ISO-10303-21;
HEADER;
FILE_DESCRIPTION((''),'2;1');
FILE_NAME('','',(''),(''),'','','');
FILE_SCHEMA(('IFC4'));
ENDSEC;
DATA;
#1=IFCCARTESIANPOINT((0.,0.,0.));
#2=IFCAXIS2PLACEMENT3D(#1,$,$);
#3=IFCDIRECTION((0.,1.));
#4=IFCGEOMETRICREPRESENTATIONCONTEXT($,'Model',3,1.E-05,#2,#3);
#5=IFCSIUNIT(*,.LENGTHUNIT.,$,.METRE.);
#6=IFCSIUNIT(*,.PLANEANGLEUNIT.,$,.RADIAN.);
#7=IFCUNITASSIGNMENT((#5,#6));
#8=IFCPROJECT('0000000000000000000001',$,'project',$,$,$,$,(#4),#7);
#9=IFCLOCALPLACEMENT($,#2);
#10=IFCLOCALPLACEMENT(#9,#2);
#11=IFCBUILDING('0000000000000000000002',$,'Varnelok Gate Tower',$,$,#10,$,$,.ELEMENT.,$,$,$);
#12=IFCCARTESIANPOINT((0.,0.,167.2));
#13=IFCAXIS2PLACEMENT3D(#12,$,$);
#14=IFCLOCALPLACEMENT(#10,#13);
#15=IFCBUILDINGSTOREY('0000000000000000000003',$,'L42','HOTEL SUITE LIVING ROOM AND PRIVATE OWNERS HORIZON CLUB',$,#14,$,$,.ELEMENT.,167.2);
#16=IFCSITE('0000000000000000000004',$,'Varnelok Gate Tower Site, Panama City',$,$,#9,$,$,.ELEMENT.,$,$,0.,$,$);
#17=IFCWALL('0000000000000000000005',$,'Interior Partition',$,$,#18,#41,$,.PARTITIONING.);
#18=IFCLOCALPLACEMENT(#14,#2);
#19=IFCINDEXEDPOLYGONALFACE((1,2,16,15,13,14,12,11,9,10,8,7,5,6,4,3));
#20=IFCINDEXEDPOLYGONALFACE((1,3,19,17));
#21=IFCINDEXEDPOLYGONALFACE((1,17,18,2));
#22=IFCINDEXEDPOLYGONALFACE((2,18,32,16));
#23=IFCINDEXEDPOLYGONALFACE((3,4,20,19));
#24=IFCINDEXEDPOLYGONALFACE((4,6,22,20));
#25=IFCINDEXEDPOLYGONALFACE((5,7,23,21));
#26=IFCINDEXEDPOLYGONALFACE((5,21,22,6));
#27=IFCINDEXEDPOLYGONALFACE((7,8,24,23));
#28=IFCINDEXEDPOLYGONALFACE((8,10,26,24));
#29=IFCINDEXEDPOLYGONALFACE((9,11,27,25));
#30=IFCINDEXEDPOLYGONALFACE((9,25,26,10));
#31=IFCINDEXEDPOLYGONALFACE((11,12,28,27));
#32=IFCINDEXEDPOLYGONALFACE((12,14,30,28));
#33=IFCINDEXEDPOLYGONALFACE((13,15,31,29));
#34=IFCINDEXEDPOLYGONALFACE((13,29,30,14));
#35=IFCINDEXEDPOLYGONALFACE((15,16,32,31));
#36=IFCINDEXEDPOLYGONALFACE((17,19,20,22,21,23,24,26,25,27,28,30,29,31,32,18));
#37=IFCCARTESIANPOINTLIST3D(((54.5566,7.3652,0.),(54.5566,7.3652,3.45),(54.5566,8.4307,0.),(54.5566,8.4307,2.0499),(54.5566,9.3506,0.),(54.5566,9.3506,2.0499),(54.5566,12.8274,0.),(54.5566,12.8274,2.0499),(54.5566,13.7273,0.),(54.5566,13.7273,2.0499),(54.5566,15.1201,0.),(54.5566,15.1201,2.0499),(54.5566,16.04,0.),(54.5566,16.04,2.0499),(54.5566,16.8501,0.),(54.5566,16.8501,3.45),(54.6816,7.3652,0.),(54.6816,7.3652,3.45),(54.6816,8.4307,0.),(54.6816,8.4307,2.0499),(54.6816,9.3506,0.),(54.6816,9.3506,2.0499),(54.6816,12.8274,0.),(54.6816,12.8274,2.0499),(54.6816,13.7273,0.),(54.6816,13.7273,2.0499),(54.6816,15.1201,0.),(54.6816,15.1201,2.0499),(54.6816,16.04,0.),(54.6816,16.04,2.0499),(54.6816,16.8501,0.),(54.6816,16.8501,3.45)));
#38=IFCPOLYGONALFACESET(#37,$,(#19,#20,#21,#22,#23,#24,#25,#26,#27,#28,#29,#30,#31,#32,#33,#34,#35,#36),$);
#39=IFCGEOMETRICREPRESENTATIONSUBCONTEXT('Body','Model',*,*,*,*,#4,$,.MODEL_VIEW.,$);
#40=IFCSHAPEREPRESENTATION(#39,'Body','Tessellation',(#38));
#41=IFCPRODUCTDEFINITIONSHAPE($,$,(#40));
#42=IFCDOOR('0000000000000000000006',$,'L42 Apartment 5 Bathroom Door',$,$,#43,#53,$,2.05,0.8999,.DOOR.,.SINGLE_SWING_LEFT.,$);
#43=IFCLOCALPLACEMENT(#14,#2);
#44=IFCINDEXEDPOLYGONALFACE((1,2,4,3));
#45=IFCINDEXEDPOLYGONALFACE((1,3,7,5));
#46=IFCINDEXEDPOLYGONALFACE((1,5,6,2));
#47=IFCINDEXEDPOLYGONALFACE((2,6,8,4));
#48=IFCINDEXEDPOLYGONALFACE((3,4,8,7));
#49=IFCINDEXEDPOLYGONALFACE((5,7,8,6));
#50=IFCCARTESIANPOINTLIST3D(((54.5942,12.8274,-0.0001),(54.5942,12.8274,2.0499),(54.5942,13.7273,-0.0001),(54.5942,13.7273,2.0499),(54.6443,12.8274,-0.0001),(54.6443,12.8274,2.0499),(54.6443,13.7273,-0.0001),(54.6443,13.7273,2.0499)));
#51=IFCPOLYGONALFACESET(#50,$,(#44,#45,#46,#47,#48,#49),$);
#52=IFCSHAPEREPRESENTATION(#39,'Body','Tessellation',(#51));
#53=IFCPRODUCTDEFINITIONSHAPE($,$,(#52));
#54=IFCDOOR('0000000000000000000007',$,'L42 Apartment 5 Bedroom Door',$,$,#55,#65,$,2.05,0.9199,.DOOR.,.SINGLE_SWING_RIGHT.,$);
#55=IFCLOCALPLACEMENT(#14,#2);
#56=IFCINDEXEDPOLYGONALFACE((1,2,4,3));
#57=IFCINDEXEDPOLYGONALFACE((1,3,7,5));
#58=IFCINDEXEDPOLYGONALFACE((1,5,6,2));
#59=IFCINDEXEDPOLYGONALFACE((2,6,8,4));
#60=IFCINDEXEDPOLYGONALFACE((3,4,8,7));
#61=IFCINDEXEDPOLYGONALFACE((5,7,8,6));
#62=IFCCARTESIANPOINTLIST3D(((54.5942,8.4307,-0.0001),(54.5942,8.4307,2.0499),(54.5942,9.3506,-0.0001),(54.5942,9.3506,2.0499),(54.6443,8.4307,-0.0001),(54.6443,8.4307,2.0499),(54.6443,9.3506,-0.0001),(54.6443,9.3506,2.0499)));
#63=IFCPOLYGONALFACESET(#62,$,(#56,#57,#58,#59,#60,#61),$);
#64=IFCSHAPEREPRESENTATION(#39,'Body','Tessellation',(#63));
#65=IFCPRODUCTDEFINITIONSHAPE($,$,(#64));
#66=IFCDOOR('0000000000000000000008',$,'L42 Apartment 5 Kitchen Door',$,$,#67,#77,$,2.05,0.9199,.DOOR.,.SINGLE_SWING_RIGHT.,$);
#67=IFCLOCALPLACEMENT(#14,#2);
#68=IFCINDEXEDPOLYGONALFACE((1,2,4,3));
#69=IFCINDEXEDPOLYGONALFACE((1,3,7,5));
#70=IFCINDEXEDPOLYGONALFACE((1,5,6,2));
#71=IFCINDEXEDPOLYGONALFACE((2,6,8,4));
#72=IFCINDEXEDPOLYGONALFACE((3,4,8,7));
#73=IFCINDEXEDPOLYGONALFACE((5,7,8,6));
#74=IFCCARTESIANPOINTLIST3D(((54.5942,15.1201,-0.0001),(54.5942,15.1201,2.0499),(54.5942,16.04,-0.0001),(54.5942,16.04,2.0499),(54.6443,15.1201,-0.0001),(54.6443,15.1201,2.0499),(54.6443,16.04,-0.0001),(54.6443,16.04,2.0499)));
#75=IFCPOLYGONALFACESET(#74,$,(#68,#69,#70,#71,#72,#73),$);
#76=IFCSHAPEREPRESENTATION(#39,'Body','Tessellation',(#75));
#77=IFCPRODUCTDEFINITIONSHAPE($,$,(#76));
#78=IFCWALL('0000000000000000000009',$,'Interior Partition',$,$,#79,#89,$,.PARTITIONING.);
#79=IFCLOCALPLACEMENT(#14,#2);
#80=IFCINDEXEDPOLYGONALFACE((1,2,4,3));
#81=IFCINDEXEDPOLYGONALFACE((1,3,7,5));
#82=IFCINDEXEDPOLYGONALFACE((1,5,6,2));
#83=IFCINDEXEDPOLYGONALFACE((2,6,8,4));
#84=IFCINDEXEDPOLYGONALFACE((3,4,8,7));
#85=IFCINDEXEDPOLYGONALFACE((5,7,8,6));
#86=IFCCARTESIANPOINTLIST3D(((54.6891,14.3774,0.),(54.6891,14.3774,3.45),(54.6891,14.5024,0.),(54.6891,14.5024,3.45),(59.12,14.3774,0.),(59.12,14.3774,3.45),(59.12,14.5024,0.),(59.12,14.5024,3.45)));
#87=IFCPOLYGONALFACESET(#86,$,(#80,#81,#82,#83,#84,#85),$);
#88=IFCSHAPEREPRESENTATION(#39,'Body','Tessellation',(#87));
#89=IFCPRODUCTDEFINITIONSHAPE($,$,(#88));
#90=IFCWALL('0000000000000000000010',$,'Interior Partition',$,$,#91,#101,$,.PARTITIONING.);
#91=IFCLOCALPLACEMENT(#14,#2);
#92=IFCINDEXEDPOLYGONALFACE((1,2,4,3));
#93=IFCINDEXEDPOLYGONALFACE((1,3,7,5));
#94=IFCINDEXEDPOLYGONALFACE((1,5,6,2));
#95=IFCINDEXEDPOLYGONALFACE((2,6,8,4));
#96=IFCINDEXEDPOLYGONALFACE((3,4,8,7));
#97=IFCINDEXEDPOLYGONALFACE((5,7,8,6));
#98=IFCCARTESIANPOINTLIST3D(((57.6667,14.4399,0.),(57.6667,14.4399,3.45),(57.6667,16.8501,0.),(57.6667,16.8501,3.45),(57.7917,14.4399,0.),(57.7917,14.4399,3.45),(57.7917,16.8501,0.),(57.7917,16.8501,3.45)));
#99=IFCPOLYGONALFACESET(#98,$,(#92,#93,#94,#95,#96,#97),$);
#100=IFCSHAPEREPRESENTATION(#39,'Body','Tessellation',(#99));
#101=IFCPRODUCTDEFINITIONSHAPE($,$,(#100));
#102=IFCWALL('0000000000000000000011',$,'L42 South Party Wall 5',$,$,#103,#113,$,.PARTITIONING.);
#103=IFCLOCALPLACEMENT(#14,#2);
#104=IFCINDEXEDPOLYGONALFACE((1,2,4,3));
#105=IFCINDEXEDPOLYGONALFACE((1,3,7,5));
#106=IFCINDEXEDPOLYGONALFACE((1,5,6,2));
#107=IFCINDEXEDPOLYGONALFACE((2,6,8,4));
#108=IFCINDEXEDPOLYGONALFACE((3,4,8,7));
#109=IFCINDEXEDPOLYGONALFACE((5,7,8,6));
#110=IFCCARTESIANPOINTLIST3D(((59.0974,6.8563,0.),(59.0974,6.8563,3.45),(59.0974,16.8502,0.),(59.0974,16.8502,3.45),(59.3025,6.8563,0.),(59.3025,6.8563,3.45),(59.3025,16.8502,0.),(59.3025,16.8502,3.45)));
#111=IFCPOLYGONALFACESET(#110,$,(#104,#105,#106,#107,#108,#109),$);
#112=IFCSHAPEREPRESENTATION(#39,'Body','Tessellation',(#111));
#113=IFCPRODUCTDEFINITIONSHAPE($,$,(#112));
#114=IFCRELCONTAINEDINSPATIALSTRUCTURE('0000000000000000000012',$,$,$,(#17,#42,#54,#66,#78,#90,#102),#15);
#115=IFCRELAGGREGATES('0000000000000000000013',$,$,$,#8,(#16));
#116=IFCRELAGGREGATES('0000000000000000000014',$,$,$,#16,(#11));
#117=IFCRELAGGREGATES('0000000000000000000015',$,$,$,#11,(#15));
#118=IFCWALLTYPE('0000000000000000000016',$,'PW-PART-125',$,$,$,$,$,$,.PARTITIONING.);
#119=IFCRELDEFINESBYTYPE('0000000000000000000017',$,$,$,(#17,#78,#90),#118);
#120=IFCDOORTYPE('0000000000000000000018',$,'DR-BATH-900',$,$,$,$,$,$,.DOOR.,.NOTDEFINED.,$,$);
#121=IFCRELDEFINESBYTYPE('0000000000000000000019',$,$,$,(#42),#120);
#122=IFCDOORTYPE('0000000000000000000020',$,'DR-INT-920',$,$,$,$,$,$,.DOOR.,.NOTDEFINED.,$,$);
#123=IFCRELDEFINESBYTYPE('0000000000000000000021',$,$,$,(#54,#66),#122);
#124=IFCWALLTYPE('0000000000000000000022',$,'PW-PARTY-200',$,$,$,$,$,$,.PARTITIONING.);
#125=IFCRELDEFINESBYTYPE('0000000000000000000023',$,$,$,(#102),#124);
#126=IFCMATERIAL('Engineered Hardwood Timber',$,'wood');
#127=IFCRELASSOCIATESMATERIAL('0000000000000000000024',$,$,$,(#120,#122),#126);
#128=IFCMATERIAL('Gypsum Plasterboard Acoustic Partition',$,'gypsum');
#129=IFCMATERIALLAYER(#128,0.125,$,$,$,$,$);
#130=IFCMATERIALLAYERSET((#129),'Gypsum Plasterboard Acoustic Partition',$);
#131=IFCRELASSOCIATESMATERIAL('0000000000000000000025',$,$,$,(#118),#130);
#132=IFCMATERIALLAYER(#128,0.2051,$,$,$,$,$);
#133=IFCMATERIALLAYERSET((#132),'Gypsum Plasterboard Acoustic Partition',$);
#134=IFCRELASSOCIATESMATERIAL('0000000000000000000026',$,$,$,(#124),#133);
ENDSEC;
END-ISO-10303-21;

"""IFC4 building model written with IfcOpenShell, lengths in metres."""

from ifc_helpers import new_model, si_unit, direction, frame, frame_2d, origin, place, context, subcontext, project, spatial, rectangle, extrude, material, layer, layer_set, type_object, element, fill, save


model = new_model("IFC4")

# Units and contexts
model_context = context("Model", 3, precision=1e-05, world=origin(), true_north=direction((0.0, 1.0)))
body_context = subcontext(model_context, "Body", "Model", "MODEL_VIEW")
ifc_project = project(units=[si_unit("LENGTHUNIT", "METRE"), si_unit("PLANEANGLEUNIT", "RADIAN")], contexts=[model_context])

# Site, building, storey
site_placement = place(None, origin())
site = spatial("IfcSite", under=ifc_project, at=site_placement, Name="Varnelok Gate Tower Site, Panama City", CompositionType="ELEMENT", RefElevation=0.0)
building_placement = place(site_placement, origin())
building = spatial("IfcBuilding", under=site, at=building_placement, Name="Varnelok Gate Tower", CompositionType="ELEMENT")
storey_placement = place(building_placement, frame((0.0, 0.0, 167.2)))
storey = spatial("IfcBuildingStorey", under=building, at=storey_placement, Name="L42", Description="HOTEL SUITE LIVING ROOM AND PRIVATE OWNERS HORIZON CLUB", CompositionType="ELEMENT", Elevation=167.2)

# Shared definitions
ifc_material_1 = material(Name="Gypsum Plasterboard Acoustic Partition", Category="gypsum")
ifc_material_2 = material(Name="Engineered Hardwood Timber", Category="wood")

# Shared definitions
door_type_1 = type_object("IfcDoorType", Name="DR-BATH-900", OperationType="NOTDEFINED", PredefinedType="DOOR", material=ifc_material_2)

# Wall, openings, doors
ifc_layer_1 = layer(ifc_material_1, 0.125)
ifc_layer_set_1 = layer_set([ifc_layer_1], Name="Gypsum Plasterboard Acoustic Partition")
wall_type_1 = type_object("IfcWallType", Name="PW-PART-125", PredefinedType="PARTITIONING", material=ifc_layer_set_1)
wall_1_placement = place(storey_placement, frame((54.6191, 7.3652, 0.0), z_axis=(0.0, 0.0, 1.0), x_axis=(0.0, 1.0, 0.0)))
wall_1 = element("IfcWall", 1, at=wall_1_placement, inside=storey, type_object=wall_type_1, Name="Interior Partition", PredefinedType="PARTITIONING", context=body_context, shape_type="SweptSolid", body=[
    extrude(rectangle(XDim=9.4849, YDim=0.125, at=frame_2d((4.7424, 0.0))), origin(), (0.0, 0.0, 1.0), 3.45),
])
opening_1_placement = place(wall_1_placement, frame((1.0654, 0.0, 0.0)))
opening_1 = element("IfcOpeningElement", 2, at=opening_1_placement, cuts=wall_1, PredefinedType="OPENING", context=body_context, shape_type="SweptSolid", body=[
    extrude(rectangle(XDim=0.9199, YDim=2.05, at=frame_2d((0.46, 1.0249))), frame((0.0, 0.0725, 0.0), z_axis=(0.0, -1.0, 0.0), x_axis=(1.0, 0.0, 0.0)), (0.0, 0.0, 1.0), 0.145),
])
opening_2_placement = place(wall_1_placement, frame((5.4622, 0.0, 0.0)))
opening_2 = element("IfcOpeningElement", 3, at=opening_2_placement, cuts=wall_1, PredefinedType="OPENING", context=body_context, shape_type="SweptSolid", body=[
    extrude(rectangle(XDim=0.8999, YDim=2.05, at=frame_2d((0.45, 1.0249))), frame((0.0, 0.0725, 0.0), z_axis=(0.0, -1.0, 0.0), x_axis=(1.0, 0.0, 0.0)), (0.0, 0.0, 1.0), 0.145),
])
opening_3_placement = place(wall_1_placement, frame((7.7549, 0.0, 0.0)))
opening_3 = element("IfcOpeningElement", 4, at=opening_3_placement, cuts=wall_1, PredefinedType="OPENING", context=body_context, shape_type="SweptSolid", body=[
    extrude(rectangle(XDim=0.9199, YDim=2.05, at=frame_2d((0.46, 1.0249))), frame((0.0, 0.0725, 0.0), z_axis=(0.0, -1.0, 0.0), x_axis=(1.0, 0.0, 0.0)), (0.0, 0.0, 1.0), 0.145),
])
door_1_placement = place(opening_2_placement, origin())
door_1 = element("IfcDoor", 5, at=door_1_placement, inside=storey, type_object=door_type_1, Name="L42 Apartment 5 Bathroom Door", OperationType="SINGLE_SWING_LEFT", OverallHeight=2.05, OverallWidth=0.8999, PredefinedType="DOOR", context=body_context, shape_type="SweptSolid", body=[
    extrude(rectangle(XDim=0.8999, YDim=2.05, at=frame_2d((0.45, 1.0249))), frame((0.0, 0.0249, 0.0), z_axis=(0.0, -1.0, 0.0), x_axis=(1.0, 0.0, 0.0)), (0.0, 0.0, 1.0), 0.05),
])
fill(opening_2, door_1)
door_type_2 = type_object("IfcDoorType", Name="DR-INT-920", OperationType="NOTDEFINED", PredefinedType="DOOR", material=ifc_material_2)
door_2_placement = place(opening_1_placement, origin())
door_2 = element("IfcDoor", 6, at=door_2_placement, inside=storey, type_object=door_type_2, Name="L42 Apartment 5 Bedroom Door", OperationType="SINGLE_SWING_RIGHT", OverallHeight=2.05, OverallWidth=0.9199, PredefinedType="DOOR", context=body_context, shape_type="SweptSolid", body=[
    extrude(rectangle(XDim=0.9199, YDim=2.05, at=frame_2d((0.46, 1.0249))), frame((0.0, 0.0249, 0.0), z_axis=(0.0, -1.0, 0.0), x_axis=(1.0, 0.0, 0.0)), (0.0, 0.0, 1.0), 0.05),
])
fill(opening_1, door_2)
door_3_placement = place(opening_3_placement, origin())
door_3 = element("IfcDoor", 7, at=door_3_placement, inside=storey, type_object=door_type_2, Name="L42 Apartment 5 Kitchen Door", OperationType="SINGLE_SWING_RIGHT", OverallHeight=2.05, OverallWidth=0.9199, PredefinedType="DOOR", context=body_context, shape_type="SweptSolid", body=[
    extrude(rectangle(XDim=0.9199, YDim=2.05, at=frame_2d((0.46, 1.0249))), frame((0.0, 0.0249, 0.0), z_axis=(0.0, -1.0, 0.0), x_axis=(1.0, 0.0, 0.0)), (0.0, 0.0, 1.0), 0.05),
])
fill(opening_3, door_3)

# Walls
wall_2_placement = place(storey_placement, frame((54.6892, 14.4399, 0.0), z_axis=(0.0, 0.0, 1.0), x_axis=(1.0, 0.0, 0.0)))
element("IfcWall", 8, at=wall_2_placement, inside=storey, type_object=wall_type_1, Name="Interior Partition", PredefinedType="PARTITIONING", context=body_context, shape_type="SweptSolid", body=[
    extrude(rectangle(XDim=4.4309, YDim=0.125, at=frame_2d((2.2153, 0.0))), origin(), (0.0, 0.0, 1.0), 3.45),
])
wall_3_placement = place(storey_placement, frame((57.7292, 14.4399, 0.0), z_axis=(0.0, 0.0, 1.0), x_axis=(0.0, 1.0, 0.0)))
element("IfcWall", 9, at=wall_3_placement, inside=storey, type_object=wall_type_1, Name="Interior Partition", PredefinedType="PARTITIONING", context=body_context, shape_type="SweptSolid", body=[
    extrude(rectangle(XDim=2.4102, YDim=0.125, at=frame_2d((1.2051, 0.0))), origin(), (0.0, 0.0, 1.0), 3.45),
])
ifc_layer_2 = layer(ifc_material_1, 0.2051)
ifc_layer_set_2 = layer_set([ifc_layer_2], Name="Gypsum Plasterboard Acoustic Partition")
wall_type_2 = type_object("IfcWallType", Name="PW-PARTY-200", PredefinedType="PARTITIONING", material=ifc_layer_set_2)
wall_4_placement = place(storey_placement, frame((59.2, 6.8562, 0.0), z_axis=(0.0, 0.0, 1.0), x_axis=(0.0, 1.0, 0.0)))
element("IfcWall", 10, at=wall_4_placement, inside=storey, type_object=wall_type_2, Name="L42 South Party Wall 5", PredefinedType="PARTITIONING", context=body_context, shape_type="SweptSolid", body=[
    extrude(rectangle(XDim=9.9939, YDim=0.2051, at=frame_2d((4.9971, 0.0))), origin(), (0.0, 0.0, 1.0), 3.45),
])

save(model, "model.ifc")
